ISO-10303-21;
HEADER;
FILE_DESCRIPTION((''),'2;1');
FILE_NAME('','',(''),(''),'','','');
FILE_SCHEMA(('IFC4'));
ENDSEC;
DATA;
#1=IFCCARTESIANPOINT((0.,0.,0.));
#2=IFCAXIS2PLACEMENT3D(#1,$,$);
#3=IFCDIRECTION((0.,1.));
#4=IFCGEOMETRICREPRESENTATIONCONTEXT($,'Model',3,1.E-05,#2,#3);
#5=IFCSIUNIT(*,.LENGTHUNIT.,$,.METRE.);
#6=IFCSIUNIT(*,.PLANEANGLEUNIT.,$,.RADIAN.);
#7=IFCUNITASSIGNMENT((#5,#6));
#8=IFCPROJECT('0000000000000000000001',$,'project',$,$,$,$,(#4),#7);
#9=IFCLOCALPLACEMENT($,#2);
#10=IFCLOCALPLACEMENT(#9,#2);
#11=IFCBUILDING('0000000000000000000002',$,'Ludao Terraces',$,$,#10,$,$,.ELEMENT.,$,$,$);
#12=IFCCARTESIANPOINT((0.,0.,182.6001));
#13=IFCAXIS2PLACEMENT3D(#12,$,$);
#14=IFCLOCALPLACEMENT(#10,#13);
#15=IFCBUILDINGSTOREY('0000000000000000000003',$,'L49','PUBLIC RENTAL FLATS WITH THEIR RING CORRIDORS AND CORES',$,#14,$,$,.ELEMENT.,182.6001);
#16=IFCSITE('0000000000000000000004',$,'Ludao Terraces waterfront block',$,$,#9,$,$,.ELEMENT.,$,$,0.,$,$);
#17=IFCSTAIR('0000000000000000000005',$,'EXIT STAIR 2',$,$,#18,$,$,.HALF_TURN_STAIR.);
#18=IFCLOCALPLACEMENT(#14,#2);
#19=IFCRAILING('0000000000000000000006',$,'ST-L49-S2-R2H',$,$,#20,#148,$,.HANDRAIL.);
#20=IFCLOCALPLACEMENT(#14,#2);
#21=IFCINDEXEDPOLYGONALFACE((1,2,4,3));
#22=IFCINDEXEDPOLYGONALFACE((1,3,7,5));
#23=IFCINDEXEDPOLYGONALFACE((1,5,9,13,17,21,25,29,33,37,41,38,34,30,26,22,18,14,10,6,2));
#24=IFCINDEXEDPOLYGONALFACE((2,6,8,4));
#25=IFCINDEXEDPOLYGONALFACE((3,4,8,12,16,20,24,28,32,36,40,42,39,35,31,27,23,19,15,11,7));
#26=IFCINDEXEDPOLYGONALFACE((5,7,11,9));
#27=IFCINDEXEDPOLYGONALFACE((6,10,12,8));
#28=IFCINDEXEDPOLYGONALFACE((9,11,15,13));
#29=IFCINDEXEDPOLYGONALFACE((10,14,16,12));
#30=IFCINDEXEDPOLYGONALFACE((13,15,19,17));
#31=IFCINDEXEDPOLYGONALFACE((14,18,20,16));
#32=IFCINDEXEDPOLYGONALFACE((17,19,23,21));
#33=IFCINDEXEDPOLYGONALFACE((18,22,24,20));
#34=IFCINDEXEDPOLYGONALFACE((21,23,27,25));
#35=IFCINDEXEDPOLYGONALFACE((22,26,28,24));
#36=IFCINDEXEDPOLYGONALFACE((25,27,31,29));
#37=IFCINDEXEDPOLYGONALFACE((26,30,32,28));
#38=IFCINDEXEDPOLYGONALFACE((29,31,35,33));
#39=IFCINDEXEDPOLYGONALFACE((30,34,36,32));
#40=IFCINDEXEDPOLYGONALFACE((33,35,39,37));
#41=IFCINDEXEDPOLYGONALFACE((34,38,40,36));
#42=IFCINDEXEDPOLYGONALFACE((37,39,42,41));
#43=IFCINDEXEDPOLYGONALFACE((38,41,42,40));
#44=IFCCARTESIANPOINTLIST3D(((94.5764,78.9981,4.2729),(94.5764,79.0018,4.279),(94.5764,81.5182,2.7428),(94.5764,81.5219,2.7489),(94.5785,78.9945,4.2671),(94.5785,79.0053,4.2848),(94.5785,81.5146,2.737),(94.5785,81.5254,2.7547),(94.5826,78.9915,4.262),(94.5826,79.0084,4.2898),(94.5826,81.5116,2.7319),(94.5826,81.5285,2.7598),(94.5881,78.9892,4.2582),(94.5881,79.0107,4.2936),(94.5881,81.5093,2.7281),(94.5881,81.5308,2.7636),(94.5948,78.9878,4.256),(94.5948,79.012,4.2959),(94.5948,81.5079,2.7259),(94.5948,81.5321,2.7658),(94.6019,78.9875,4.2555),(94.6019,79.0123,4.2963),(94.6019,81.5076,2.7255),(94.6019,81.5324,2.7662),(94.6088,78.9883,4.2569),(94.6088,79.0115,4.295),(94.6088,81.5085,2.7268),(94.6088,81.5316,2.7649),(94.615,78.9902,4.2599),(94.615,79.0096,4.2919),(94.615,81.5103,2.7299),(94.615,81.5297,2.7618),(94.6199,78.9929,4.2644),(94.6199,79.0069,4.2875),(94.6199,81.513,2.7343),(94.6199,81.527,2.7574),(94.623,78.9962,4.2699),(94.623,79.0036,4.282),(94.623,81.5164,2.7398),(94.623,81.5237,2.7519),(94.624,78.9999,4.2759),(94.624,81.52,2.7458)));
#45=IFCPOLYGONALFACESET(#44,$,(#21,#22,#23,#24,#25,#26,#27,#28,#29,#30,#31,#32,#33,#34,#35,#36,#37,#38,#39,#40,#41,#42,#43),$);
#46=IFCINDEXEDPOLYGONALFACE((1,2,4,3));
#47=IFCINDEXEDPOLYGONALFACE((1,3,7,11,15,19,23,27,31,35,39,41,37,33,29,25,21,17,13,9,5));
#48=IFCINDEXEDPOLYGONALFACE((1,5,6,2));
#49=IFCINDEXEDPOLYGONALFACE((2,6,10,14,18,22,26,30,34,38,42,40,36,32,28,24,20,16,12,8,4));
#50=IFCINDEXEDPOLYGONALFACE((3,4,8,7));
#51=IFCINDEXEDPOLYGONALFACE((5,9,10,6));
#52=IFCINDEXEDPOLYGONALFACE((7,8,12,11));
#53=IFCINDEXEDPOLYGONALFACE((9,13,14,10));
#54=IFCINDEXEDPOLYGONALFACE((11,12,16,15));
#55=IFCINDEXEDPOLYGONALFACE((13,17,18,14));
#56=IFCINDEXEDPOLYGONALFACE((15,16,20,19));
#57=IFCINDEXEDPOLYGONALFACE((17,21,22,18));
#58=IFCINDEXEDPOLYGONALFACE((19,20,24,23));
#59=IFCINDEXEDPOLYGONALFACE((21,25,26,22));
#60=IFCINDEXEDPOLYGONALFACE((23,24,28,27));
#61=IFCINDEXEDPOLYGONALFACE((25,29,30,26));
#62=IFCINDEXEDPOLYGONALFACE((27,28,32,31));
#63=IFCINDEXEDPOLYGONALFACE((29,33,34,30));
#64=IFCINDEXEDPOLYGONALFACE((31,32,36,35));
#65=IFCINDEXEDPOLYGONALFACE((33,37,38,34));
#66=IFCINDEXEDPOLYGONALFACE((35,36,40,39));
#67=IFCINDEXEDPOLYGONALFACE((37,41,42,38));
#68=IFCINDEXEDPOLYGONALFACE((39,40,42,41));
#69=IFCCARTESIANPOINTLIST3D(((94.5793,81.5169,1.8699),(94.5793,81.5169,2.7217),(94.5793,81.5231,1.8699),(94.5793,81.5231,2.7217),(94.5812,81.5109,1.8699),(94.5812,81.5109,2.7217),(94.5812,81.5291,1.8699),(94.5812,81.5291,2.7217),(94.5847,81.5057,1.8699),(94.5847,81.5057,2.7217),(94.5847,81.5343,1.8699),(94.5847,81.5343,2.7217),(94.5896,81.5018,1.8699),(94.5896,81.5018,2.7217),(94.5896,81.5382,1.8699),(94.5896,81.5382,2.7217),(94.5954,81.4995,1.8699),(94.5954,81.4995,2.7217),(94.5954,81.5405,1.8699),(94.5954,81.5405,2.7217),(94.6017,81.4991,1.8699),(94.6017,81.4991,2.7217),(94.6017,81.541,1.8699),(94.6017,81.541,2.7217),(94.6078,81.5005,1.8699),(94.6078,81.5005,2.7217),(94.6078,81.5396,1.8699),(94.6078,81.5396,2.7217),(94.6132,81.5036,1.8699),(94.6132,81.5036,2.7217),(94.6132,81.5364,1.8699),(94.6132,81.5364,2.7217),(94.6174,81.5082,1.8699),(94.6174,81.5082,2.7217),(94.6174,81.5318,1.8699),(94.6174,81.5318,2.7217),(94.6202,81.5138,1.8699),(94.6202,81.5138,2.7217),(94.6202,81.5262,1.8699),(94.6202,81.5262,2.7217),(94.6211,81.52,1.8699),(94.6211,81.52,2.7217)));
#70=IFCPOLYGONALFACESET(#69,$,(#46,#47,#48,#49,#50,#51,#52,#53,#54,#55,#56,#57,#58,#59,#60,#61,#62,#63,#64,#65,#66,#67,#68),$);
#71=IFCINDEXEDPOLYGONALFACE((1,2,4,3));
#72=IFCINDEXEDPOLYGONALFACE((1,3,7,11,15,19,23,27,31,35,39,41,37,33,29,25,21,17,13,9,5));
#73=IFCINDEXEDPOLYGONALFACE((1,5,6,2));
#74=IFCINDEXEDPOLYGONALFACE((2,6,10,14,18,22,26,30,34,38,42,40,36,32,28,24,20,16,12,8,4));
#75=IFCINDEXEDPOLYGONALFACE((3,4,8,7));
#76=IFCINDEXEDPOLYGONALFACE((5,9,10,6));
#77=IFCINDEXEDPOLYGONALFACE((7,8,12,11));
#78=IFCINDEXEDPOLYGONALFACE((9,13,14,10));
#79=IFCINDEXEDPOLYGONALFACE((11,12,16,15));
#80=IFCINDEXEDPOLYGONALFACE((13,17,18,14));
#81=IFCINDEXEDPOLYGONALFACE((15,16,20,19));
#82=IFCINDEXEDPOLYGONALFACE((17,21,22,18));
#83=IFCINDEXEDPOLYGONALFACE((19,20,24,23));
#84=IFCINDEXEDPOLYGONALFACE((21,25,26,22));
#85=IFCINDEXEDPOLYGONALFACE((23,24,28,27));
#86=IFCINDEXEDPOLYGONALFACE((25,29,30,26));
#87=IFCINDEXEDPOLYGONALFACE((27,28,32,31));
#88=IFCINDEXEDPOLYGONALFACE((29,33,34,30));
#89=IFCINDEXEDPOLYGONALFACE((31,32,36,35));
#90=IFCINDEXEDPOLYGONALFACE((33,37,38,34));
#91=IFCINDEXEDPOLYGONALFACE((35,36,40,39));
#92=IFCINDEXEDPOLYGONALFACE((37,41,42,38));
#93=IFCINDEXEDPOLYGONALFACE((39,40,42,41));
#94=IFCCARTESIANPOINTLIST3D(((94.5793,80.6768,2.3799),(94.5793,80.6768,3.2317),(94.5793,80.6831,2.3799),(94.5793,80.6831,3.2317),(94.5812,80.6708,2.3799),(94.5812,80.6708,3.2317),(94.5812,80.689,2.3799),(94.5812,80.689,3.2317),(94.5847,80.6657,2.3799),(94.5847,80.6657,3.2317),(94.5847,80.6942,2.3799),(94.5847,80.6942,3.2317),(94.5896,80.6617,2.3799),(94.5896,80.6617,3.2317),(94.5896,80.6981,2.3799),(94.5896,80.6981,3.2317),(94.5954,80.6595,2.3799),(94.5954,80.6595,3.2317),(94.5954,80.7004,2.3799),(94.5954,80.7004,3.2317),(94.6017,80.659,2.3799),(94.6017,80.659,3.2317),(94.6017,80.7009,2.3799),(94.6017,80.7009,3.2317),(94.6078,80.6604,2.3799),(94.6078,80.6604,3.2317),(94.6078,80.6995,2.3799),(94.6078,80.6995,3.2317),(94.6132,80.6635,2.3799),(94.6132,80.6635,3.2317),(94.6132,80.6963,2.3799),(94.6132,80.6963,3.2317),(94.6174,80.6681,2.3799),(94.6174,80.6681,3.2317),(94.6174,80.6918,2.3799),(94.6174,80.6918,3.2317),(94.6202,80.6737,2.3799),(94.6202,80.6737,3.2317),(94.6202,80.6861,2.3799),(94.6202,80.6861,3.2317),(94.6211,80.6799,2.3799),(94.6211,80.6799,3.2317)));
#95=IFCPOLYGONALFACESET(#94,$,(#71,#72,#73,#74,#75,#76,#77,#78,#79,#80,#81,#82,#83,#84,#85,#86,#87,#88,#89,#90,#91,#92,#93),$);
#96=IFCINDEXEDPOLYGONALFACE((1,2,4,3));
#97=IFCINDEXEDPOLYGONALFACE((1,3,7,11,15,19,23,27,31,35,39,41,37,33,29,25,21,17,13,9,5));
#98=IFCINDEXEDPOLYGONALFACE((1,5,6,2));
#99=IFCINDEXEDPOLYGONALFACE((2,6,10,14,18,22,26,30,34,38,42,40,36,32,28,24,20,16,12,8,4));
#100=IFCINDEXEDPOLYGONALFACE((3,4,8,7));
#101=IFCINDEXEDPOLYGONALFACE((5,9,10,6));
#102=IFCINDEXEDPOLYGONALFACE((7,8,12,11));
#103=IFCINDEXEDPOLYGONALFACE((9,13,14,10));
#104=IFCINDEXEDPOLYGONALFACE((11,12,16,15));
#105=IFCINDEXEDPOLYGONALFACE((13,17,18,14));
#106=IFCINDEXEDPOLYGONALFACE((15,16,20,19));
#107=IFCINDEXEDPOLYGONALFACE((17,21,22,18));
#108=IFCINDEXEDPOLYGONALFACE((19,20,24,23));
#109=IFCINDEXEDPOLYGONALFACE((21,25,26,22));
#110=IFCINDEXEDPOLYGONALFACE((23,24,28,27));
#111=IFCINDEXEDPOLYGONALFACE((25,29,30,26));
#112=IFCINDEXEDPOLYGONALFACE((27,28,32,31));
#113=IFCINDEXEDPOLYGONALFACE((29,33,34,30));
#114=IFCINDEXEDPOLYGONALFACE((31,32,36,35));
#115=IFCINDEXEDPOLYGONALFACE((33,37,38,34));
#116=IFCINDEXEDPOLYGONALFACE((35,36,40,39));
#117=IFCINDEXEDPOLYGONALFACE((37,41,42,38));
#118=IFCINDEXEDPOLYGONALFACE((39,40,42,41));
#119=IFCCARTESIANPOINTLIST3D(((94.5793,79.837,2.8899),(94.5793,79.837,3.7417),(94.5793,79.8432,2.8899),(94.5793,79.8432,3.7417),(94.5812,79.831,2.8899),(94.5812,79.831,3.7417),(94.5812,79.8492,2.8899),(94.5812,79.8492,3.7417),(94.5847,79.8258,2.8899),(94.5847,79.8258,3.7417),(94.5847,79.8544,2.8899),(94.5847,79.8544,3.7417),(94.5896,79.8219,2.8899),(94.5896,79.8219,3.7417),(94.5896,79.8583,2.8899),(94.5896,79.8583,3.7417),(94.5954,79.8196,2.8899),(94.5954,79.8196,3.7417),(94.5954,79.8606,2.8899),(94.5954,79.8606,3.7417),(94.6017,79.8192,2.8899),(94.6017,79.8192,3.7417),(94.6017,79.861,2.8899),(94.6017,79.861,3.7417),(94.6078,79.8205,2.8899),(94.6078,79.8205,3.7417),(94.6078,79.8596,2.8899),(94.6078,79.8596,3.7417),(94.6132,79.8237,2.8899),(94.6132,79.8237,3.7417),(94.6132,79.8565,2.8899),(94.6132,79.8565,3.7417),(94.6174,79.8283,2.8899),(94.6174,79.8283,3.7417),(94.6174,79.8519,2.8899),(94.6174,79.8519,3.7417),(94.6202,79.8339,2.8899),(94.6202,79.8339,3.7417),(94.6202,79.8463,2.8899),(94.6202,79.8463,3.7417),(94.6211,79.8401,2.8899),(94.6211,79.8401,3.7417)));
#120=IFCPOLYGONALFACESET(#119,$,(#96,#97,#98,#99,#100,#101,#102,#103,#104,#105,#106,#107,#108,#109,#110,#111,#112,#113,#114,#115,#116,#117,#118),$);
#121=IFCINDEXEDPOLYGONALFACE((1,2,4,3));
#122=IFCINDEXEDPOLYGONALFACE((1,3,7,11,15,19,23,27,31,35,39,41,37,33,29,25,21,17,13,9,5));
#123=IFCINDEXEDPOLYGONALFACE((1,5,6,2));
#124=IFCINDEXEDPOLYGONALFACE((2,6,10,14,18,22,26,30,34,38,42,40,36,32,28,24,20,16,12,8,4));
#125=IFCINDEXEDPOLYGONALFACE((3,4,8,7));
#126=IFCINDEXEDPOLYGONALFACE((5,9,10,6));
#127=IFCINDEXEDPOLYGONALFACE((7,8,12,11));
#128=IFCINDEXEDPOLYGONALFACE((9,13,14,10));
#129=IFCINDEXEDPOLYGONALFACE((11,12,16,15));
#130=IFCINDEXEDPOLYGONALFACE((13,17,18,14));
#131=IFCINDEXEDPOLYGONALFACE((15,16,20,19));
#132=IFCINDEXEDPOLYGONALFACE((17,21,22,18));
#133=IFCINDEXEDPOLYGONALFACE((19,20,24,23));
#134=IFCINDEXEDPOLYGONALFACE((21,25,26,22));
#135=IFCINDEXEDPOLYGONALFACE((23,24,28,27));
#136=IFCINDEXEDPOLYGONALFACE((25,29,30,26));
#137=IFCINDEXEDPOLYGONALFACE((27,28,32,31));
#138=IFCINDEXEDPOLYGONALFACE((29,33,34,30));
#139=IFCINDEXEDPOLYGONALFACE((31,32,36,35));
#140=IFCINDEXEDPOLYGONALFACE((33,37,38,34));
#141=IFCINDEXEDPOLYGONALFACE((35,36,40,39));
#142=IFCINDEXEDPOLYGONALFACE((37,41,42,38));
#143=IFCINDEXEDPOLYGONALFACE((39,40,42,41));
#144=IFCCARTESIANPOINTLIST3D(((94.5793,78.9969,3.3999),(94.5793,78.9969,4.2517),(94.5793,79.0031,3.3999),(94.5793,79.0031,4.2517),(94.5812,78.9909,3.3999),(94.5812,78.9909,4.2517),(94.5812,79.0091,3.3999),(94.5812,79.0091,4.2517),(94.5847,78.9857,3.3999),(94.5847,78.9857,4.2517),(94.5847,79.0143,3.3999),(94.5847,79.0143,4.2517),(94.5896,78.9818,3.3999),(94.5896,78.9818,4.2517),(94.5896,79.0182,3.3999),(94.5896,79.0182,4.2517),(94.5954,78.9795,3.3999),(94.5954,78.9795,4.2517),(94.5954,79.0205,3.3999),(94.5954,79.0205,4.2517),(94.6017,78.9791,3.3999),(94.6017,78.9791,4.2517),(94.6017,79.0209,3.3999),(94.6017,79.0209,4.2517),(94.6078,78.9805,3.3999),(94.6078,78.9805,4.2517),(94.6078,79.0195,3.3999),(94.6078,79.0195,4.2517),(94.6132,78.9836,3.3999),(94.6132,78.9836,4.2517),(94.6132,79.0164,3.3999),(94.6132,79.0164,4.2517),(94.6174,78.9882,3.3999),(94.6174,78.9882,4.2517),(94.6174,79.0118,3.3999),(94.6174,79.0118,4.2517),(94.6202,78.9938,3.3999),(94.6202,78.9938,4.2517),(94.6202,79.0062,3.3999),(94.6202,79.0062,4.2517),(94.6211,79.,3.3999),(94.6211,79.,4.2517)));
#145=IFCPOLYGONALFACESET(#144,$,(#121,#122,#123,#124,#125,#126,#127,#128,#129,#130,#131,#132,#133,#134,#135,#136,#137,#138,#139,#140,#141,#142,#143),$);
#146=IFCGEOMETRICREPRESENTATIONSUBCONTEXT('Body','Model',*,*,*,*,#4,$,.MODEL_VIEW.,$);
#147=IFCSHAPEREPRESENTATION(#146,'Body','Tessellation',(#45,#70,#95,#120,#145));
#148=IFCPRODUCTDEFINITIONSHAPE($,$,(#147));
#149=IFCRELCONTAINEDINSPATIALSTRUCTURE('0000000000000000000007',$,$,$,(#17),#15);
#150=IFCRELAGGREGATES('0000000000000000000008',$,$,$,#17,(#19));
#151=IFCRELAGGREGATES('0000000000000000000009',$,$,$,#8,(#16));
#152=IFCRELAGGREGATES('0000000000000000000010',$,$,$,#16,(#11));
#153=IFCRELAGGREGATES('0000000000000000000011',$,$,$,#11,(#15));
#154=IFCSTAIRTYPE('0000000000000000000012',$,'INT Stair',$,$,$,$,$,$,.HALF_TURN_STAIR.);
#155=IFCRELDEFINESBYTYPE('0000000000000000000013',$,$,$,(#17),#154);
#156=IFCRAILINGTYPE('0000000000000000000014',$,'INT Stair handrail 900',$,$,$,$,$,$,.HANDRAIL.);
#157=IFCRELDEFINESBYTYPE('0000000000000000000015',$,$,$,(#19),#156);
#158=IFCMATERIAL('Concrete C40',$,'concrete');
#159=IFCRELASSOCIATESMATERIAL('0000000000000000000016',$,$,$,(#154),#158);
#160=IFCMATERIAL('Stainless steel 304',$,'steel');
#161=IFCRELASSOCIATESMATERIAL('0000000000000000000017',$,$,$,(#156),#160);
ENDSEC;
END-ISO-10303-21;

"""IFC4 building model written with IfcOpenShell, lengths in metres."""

from ifc_helpers import new_model, si_unit, direction, frame, origin, origin_2d, place, context, subcontext, project, spatial, circle, extrude, material, type_object, element, aggregate, save


model = new_model("IFC4")

# Units and contexts
model_context = context("Model", 3, precision=1e-05, world=origin(), true_north=direction((0.0, 1.0)))
body_context = subcontext(model_context, "Body", "Model", "MODEL_VIEW")
ifc_project = project(units=[si_unit("LENGTHUNIT", "METRE"), si_unit("PLANEANGLEUNIT", "RADIAN")], contexts=[model_context])

# Site, building, storey
site_placement = place(None, origin())
site = spatial("IfcSite", under=ifc_project, at=site_placement, Name="Ludao Terraces waterfront block", CompositionType="ELEMENT", RefElevation=0.0)
building_placement = place(site_placement, origin())
building = spatial("IfcBuilding", under=site, at=building_placement, Name="Ludao Terraces", CompositionType="ELEMENT")
storey_placement = place(building_placement, frame((0.0, 0.0, 182.6001)))
storey = spatial("IfcBuildingStorey", under=building, at=storey_placement, Name="L49", Description="PUBLIC RENTAL FLATS WITH THEIR RING CORRIDORS AND CORES", CompositionType="ELEMENT", Elevation=182.6001)

# Shared definitions
ifc_material_1 = material(Name="Stainless steel 304", Category="steel")

# Stair, railing
ifc_material_2 = material(Name="Concrete C40", Category="concrete")
stair_type = type_object("IfcStairType", Name="INT Stair", PredefinedType="HALF_TURN_STAIR", material=ifc_material_2)
stair_placement = place(storey_placement, origin())
stair = element("IfcStair", 1, at=stair_placement, inside=storey, type_object=stair_type, Name="EXIT STAIR 2", PredefinedType="HALF_TURN_STAIR")
railing_type_1 = type_object("IfcRailingType", Name="INT Stair handrail 900", PredefinedType="HANDRAIL", material=ifc_material_1)
railing_1_placement = place(storey_placement, frame((94.6001, 81.52, 1.8699)))
railing_1 = element("IfcRailing", 2, at=railing_1_placement, type_object=railing_type_1, Name="ST-L49-S2-R2H", PredefinedType="HANDRAIL", context=body_context, shape_type="SweptSolid", body=[
    extrude(circle(Radius=0.0239, at=origin_2d()), frame((0.0, 0.0, 0.876), z_axis=(0.0, -0.854785, 0.518982), x_axis=(1.0, 0.0, 0.0)), (0.0, 0.0, 1.0), 2.9482),
    extrude(circle(Radius=0.021, at=origin_2d()), origin(), (0.0, 0.0, 1.0), 0.8518),
    extrude(circle(Radius=0.021, at=origin_2d()), frame((0.0, -0.8401, 0.51)), (0.0, 0.0, 1.0), 0.8518),
    extrude(circle(Radius=0.021, at=origin_2d()), frame((0.0, -1.6799, 1.02)), (0.0, 0.0, 1.0), 0.8518),
    extrude(circle(Radius=0.021, at=origin_2d()), frame((0.0, -2.52, 1.53)), (0.0, 0.0, 1.0), 0.8518),
])
aggregate(stair, [railing_1])

save(model, "model.ifc")
